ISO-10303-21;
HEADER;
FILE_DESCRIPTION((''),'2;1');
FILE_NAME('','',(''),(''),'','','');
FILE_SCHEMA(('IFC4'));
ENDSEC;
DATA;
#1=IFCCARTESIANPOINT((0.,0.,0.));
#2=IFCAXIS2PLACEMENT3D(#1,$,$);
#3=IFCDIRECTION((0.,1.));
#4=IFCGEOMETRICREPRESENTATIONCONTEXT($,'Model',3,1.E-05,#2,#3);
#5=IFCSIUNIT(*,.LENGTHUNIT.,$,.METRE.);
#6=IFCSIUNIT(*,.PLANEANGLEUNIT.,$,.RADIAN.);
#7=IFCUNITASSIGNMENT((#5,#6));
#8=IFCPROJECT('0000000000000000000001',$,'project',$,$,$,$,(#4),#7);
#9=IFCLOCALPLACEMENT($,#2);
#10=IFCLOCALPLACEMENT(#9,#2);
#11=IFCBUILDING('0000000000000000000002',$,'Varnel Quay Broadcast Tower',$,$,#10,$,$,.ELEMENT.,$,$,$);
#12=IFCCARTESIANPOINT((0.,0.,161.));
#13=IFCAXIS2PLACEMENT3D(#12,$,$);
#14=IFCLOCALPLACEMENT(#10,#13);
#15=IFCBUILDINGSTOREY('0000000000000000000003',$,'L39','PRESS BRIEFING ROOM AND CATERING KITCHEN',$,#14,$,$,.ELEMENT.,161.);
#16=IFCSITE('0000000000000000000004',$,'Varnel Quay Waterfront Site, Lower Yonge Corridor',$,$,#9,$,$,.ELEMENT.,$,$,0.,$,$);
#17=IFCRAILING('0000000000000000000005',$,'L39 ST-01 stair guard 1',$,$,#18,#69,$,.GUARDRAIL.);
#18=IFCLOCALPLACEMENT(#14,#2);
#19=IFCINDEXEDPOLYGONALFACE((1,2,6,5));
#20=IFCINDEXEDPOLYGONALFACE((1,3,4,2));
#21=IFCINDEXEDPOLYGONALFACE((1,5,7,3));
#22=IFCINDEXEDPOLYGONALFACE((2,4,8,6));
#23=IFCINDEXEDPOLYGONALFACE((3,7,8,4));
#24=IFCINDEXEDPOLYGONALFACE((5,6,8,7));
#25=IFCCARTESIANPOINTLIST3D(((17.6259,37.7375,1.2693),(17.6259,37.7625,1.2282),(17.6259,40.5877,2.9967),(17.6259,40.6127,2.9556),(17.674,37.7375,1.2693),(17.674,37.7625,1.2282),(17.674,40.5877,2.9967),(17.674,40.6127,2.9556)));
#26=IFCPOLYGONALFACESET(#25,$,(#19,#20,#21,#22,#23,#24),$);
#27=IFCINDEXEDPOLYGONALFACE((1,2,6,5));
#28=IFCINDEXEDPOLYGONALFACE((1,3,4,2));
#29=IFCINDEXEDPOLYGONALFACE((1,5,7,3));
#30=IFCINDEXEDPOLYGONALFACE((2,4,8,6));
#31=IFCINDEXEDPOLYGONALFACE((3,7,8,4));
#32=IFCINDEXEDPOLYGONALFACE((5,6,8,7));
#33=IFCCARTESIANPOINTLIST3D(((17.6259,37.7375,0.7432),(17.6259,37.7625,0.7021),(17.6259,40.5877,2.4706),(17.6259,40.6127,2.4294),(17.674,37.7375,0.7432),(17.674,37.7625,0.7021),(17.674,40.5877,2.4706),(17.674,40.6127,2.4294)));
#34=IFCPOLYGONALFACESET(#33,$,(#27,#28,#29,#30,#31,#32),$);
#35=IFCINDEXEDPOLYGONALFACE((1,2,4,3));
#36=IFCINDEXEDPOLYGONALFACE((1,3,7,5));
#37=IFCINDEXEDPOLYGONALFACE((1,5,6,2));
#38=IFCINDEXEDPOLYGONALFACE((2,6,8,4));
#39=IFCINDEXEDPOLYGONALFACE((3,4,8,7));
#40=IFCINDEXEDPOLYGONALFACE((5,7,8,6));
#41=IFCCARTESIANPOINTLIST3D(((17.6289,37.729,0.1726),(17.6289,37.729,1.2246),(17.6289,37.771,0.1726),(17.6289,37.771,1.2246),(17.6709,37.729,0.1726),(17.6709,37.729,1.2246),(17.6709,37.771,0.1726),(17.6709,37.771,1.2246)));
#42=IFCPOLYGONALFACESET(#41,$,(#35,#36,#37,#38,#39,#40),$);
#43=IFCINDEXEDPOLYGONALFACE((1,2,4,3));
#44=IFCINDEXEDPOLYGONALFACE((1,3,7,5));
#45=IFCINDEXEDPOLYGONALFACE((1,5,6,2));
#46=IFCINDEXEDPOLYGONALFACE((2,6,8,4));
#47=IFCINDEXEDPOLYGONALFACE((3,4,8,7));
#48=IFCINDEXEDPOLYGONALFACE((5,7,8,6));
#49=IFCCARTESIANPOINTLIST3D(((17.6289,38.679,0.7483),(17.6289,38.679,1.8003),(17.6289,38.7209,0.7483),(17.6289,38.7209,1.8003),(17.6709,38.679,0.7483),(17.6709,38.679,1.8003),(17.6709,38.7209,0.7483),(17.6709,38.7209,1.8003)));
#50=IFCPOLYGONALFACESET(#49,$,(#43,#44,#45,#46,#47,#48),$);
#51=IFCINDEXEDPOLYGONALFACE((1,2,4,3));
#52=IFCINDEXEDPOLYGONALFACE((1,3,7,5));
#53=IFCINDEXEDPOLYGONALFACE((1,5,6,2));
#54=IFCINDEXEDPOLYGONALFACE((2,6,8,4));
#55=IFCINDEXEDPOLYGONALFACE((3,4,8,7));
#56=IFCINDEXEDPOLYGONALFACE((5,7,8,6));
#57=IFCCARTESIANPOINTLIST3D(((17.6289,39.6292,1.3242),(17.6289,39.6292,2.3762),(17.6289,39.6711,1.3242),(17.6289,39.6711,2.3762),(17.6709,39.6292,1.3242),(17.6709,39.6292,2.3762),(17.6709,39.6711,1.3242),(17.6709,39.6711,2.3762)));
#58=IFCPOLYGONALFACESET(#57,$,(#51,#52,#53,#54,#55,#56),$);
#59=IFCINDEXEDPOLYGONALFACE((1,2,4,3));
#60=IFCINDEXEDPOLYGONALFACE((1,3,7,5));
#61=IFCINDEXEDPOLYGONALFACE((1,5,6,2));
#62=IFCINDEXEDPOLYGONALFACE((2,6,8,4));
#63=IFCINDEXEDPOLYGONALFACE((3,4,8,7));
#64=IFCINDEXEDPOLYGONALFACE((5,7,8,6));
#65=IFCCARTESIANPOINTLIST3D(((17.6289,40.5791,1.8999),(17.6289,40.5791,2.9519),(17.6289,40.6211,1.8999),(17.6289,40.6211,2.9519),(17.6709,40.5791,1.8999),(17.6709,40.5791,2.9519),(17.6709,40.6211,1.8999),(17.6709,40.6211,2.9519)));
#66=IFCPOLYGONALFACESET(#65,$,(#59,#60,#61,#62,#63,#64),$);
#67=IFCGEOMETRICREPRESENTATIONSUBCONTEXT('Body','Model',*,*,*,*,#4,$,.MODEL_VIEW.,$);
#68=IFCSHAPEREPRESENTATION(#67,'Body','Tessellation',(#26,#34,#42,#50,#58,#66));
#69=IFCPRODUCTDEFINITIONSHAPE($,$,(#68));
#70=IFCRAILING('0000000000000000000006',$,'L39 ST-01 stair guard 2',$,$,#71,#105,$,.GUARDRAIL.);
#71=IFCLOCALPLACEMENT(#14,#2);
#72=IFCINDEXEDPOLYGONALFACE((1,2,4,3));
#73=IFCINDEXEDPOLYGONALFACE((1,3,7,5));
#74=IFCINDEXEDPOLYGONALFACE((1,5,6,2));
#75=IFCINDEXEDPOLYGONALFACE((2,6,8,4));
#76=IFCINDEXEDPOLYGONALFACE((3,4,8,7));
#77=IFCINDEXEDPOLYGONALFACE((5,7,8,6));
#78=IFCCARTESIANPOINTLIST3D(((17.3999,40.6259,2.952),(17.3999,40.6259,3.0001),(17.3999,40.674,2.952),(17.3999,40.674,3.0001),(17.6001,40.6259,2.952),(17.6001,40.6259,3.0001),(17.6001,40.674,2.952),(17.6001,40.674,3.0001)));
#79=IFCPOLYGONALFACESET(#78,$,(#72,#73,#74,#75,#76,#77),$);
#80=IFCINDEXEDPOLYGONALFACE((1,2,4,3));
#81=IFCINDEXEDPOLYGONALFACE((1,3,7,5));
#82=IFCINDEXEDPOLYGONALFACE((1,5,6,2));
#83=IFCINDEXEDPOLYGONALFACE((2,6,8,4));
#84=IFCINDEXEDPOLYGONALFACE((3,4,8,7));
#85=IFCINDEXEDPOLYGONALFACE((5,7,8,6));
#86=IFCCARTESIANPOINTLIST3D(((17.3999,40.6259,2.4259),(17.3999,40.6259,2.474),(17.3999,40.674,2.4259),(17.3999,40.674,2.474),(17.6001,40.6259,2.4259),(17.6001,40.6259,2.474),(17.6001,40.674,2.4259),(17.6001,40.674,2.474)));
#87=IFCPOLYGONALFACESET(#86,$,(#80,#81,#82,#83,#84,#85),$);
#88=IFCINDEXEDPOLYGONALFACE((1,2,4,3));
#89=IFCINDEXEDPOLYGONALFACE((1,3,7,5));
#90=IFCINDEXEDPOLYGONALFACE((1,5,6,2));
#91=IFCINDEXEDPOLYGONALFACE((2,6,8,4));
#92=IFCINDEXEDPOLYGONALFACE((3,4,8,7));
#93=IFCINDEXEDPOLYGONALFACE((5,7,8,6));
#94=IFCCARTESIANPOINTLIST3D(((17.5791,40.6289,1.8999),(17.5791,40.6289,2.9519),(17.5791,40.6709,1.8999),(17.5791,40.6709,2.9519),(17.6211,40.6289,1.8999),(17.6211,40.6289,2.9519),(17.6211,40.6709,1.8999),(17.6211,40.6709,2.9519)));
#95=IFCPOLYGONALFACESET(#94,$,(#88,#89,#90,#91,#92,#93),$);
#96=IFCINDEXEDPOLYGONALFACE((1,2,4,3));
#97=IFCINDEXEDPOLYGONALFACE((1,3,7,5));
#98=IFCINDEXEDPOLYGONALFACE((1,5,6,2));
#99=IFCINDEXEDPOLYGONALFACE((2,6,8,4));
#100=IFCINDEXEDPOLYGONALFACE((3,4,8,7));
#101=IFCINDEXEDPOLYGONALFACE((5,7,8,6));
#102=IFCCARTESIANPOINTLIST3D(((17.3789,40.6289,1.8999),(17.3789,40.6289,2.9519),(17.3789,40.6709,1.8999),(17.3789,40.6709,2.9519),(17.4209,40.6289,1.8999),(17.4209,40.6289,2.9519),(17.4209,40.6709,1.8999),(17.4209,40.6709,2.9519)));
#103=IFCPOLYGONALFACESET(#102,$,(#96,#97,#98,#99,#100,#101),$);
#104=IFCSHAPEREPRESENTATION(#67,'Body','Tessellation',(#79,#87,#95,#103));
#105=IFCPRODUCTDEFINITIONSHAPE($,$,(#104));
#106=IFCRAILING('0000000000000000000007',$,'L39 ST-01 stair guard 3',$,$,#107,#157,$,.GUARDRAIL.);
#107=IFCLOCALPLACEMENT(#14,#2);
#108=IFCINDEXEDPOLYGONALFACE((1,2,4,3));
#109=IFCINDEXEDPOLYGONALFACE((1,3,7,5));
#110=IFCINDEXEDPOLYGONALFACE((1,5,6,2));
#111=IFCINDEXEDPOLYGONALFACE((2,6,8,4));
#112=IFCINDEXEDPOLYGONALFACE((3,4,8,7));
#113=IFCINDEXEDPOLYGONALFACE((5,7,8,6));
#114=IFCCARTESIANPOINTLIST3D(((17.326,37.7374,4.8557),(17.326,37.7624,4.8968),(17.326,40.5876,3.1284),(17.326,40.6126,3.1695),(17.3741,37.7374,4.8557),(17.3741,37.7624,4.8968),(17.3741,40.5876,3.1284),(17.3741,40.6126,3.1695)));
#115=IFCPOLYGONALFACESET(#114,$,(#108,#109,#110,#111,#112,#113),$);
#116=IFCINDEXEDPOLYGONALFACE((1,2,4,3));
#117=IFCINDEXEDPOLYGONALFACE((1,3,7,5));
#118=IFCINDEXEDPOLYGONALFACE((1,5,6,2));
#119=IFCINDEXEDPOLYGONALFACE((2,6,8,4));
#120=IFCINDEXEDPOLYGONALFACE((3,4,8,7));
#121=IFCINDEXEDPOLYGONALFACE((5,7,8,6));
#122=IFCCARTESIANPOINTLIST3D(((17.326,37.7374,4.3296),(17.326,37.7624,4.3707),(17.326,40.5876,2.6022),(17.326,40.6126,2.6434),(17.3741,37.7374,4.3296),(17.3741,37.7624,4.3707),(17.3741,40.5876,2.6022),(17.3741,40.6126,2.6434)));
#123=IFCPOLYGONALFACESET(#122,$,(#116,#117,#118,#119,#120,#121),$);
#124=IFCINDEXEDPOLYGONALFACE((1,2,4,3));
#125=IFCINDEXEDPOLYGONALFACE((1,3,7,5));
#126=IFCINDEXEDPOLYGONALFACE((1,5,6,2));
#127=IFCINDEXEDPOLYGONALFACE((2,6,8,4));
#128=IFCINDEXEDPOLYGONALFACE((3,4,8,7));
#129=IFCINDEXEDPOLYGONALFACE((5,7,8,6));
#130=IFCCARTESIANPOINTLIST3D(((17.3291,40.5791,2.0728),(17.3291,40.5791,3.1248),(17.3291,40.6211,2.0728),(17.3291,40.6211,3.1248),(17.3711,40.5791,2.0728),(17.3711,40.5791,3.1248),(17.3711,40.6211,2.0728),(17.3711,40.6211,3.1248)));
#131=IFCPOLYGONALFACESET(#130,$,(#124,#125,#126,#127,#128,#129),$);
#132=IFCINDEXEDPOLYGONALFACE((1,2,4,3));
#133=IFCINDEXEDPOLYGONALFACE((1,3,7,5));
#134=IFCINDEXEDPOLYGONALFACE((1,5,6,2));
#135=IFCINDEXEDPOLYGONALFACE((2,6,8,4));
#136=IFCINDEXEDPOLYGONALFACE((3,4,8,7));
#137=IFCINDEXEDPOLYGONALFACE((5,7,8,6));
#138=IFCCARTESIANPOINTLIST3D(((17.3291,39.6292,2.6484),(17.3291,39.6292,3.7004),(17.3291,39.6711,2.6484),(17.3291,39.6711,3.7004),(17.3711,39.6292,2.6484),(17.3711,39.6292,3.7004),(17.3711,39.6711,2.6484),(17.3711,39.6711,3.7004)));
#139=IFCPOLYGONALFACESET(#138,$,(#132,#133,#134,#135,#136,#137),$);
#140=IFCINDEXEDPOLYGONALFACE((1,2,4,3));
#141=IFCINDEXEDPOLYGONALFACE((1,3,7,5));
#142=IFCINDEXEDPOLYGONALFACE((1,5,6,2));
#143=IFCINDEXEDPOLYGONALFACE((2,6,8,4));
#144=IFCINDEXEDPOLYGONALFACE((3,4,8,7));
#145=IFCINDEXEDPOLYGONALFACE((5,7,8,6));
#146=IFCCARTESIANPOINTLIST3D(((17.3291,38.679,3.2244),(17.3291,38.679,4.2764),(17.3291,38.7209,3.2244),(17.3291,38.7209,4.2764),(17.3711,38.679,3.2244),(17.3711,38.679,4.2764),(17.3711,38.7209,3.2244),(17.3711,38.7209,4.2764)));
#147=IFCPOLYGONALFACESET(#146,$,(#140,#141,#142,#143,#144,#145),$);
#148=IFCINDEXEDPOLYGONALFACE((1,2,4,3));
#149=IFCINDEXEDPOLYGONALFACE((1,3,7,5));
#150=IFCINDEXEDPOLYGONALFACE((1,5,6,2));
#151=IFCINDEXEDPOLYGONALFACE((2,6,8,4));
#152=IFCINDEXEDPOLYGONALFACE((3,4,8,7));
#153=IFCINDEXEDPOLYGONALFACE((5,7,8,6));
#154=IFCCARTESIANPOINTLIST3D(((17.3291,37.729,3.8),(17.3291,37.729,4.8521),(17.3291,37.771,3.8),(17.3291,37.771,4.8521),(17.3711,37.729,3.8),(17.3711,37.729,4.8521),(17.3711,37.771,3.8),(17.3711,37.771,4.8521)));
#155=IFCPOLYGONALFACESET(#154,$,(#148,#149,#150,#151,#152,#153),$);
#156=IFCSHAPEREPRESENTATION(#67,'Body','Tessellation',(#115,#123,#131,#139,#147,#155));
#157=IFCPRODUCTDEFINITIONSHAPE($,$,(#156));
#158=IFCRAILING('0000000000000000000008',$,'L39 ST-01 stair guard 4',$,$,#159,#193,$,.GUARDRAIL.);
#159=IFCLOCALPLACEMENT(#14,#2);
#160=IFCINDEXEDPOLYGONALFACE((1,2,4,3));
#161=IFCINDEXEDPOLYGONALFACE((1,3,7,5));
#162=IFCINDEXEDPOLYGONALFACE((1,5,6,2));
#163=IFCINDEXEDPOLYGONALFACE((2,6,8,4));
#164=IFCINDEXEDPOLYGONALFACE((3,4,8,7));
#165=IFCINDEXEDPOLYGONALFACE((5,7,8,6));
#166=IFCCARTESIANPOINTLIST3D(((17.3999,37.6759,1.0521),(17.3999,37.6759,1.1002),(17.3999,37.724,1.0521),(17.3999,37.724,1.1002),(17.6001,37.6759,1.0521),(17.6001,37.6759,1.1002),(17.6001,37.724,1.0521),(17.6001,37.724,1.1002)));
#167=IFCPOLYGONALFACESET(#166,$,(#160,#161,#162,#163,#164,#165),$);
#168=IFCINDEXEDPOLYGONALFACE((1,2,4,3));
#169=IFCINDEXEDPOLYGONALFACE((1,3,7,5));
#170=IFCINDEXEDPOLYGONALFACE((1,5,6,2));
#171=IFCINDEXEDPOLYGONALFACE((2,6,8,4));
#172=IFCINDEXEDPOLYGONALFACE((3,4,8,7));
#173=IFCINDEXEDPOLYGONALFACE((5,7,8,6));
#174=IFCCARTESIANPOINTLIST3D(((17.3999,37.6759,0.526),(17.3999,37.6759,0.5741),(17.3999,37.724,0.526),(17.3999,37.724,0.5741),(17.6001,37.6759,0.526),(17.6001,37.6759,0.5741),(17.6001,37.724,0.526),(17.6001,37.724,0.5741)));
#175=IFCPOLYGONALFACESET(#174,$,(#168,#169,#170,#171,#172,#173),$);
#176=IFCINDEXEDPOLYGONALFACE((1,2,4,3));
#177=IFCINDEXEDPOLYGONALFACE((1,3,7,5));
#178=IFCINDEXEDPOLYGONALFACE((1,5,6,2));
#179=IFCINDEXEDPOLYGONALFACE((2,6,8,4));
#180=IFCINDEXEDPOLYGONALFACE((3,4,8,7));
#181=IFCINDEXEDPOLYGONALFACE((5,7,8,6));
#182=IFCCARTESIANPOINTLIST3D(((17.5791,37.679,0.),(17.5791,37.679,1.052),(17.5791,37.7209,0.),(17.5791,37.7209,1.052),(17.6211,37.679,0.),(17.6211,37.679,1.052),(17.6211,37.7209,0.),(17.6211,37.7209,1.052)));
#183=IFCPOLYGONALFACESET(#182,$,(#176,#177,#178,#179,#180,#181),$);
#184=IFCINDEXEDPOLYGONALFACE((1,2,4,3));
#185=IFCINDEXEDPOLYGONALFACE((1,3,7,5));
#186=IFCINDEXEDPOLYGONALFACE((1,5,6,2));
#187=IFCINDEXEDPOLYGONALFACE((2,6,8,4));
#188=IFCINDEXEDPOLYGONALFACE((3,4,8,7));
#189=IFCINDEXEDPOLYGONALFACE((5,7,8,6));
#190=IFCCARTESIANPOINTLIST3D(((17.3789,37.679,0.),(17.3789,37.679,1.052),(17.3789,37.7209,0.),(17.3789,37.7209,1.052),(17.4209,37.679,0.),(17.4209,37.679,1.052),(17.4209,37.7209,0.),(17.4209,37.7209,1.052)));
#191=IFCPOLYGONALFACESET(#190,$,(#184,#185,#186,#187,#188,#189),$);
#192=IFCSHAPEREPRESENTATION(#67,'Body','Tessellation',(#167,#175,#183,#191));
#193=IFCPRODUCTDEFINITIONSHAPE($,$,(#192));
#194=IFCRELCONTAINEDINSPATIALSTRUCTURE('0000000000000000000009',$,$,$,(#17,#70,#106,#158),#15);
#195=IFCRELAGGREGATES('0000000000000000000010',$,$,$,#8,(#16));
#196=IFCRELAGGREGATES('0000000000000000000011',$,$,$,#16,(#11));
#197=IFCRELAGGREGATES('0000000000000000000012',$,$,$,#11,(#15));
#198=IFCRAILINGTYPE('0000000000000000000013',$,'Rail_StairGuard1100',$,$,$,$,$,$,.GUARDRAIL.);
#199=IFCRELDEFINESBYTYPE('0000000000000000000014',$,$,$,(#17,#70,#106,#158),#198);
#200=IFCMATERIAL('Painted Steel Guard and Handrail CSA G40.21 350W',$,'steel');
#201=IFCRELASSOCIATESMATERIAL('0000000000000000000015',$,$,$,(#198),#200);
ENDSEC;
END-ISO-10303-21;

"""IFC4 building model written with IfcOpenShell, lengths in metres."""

from ifc_helpers import new_model, si_unit, direction, frame, origin, origin_2d, place, context, subcontext, project, spatial, rectangle, extrude, material, type_object, element, save


model = new_model("IFC4")

# Units and contexts
model_context = context("Model", 3, precision=1e-05, world=origin(), true_north=direction((0.0, 1.0)))
body_context = subcontext(model_context, "Body", "Model", "MODEL_VIEW")
ifc_project = project(units=[si_unit("LENGTHUNIT", "METRE"), si_unit("PLANEANGLEUNIT", "RADIAN")], contexts=[model_context])

# Site, building, storey
site_placement = place(None, origin())
site = spatial("IfcSite", under=ifc_project, at=site_placement, Name="Varnel Quay Waterfront Site, Lower Yonge Corridor", CompositionType="ELEMENT", RefElevation=0.0)
building_placement = place(site_placement, origin())
building = spatial("IfcBuilding", under=site, at=building_placement, Name="Varnel Quay Broadcast Tower", CompositionType="ELEMENT")
storey_placement = place(building_placement, frame((0.0, 0.0, 161.0)))
storey = spatial("IfcBuildingStorey", under=building, at=storey_placement, Name="L39", Description="PRESS BRIEFING ROOM AND CATERING KITCHEN", CompositionType="ELEMENT", Elevation=161.0)

# Railings
ifc_material_1 = material(Name="Painted Steel Guard and Handrail CSA G40.21 350W", Category="steel")
railing_type_1 = type_object("IfcRailingType", Name="Rail_StairGuard1100", PredefinedType="GUARDRAIL", material=ifc_material_1)
railing_1_placement = place(storey_placement, frame((17.6499, 37.75, 0.1726)))
element("IfcRailing", 1, at=railing_1_placement, inside=storey, type_object=railing_type_1, Name="L39 ST-01 stair guard 1", PredefinedType="GUARDRAIL", context=body_context, shape_type="SweptSolid", body=[
    extrude(rectangle(XDim=0.0481, YDim=0.0481, at=origin_2d()), frame((0.0, 0.0, 1.0762), z_axis=(0.0, 0.855203, 0.518294), x_axis=(-1.0, 0.0, 0.0)), (0.0, 0.0, 1.0), 3.3328),
    extrude(rectangle(XDim=0.0481, YDim=0.0481, at=origin_2d()), frame((0.0, 0.0, 0.55), z_axis=(0.0, 0.855203, 0.518294), x_axis=(-1.0, 0.0, 0.0)), (0.0, 0.0, 1.0), 3.3328),
    extrude(rectangle(XDim=0.042, YDim=0.042, at=origin_2d()), origin(), (0.0, 0.0, 1.0), 1.052),
    extrude(rectangle(XDim=0.042, YDim=0.042, at=origin_2d()), frame((0.0, 0.95, 0.5757)), (0.0, 0.0, 1.0), 1.052),
    extrude(rectangle(XDim=0.042, YDim=0.042, at=origin_2d()), frame((0.0, 1.9001, 1.1516)), (0.0, 0.0, 1.0), 1.052),
    extrude(rectangle(XDim=0.042, YDim=0.042, at=origin_2d()), frame((0.0, 2.8501, 1.7273)), (0.0, 0.0, 1.0), 1.052),
])
railing_2_placement = place(storey_placement, frame((17.6001, 40.6499, 1.8999)))
element("IfcRailing", 2, at=railing_2_placement, inside=storey, type_object=railing_type_1, Name="L39 ST-01 stair guard 2", PredefinedType="GUARDRAIL", context=body_context, shape_type="SweptSolid", body=[
    extrude(rectangle(XDim=0.0481, YDim=0.0481, at=origin_2d()), frame((0.0, 0.0, 1.0762), z_axis=(-1.0, 0.0, 0.0), x_axis=(0.0, -1.0, 0.0)), (0.0, 0.0, 1.0), 0.2002),
    extrude(rectangle(XDim=0.0481, YDim=0.0481, at=origin_2d()), frame((0.0, 0.0, 0.55), z_axis=(-1.0, 0.0, 0.0), x_axis=(0.0, -1.0, 0.0)), (0.0, 0.0, 1.0), 0.2002),
    extrude(rectangle(XDim=0.042, YDim=0.042, at=origin_2d()), origin(), (0.0, 0.0, 1.0), 1.052),
    extrude(rectangle(XDim=0.042, YDim=0.042, at=origin_2d()), frame((-0.2002, 0.0, 0.0)), (0.0, 0.0, 1.0), 1.052),
])
railing_3_placement = place(storey_placement, frame((17.3501, 40.6001, 2.0728)))
element("IfcRailing", 3, at=railing_3_placement, inside=storey, type_object=railing_type_1, Name="L39 ST-01 stair guard 3", PredefinedType="GUARDRAIL", context=body_context, shape_type="SweptSolid", body=[
    extrude(rectangle(XDim=0.0481, YDim=0.0481, at=origin_2d()), frame((0.0, 0.0, 1.0762), z_axis=(0.0, -0.855203, 0.518294), x_axis=(1.0, 0.0, 0.0)), (0.0, 0.0, 1.0), 3.3328),
    extrude(rectangle(XDim=0.0481, YDim=0.0481, at=origin_2d()), frame((0.0, 0.0, 0.55), z_axis=(0.0, -0.855203, 0.518294), x_axis=(1.0, 0.0, 0.0)), (0.0, 0.0, 1.0), 3.3328),
    extrude(rectangle(XDim=0.042, YDim=0.042, at=origin_2d()), origin(), (0.0, 0.0, 1.0), 1.052),
    extrude(rectangle(XDim=0.042, YDim=0.042, at=origin_2d()), frame((0.0, -0.95, 0.5757)), (0.0, 0.0, 1.0), 1.052),
    extrude(rectangle(XDim=0.042, YDim=0.042, at=origin_2d()), frame((0.0, -1.9001, 1.1516)), (0.0, 0.0, 1.0), 1.052),
    extrude(rectangle(XDim=0.042, YDim=0.042, at=origin_2d()), frame((0.0, -2.8501, 1.7273)), (0.0, 0.0, 1.0), 1.052),
])
railing_4_placement = place(storey_placement, frame((17.6001, 37.7, 0.0)))
element("IfcRailing", 4, at=railing_4_placement, inside=storey, type_object=railing_type_1, Name="L39 ST-01 stair guard 4", PredefinedType="GUARDRAIL", context=body_context, shape_type="SweptSolid", body=[
    extrude(rectangle(XDim=0.0481, YDim=0.0481, at=origin_2d()), frame((0.0, 0.0, 1.0762), z_axis=(-1.0, 0.0, 0.0), x_axis=(0.0, -1.0, 0.0)), (0.0, 0.0, 1.0), 0.2002),
    extrude(rectangle(XDim=0.0481, YDim=0.0481, at=origin_2d()), frame((0.0, 0.0, 0.55), z_axis=(-1.0, 0.0, 0.0), x_axis=(0.0, -1.0, 0.0)), (0.0, 0.0, 1.0), 0.2002),
    extrude(rectangle(XDim=0.042, YDim=0.042, at=origin_2d()), origin(), (0.0, 0.0, 1.0), 1.052),
    extrude(rectangle(XDim=0.042, YDim=0.042, at=origin_2d()), frame((-0.2002, 0.0, 0.0)), (0.0, 0.0, 1.0), 1.052),
])

save(model, "model.ifc")
